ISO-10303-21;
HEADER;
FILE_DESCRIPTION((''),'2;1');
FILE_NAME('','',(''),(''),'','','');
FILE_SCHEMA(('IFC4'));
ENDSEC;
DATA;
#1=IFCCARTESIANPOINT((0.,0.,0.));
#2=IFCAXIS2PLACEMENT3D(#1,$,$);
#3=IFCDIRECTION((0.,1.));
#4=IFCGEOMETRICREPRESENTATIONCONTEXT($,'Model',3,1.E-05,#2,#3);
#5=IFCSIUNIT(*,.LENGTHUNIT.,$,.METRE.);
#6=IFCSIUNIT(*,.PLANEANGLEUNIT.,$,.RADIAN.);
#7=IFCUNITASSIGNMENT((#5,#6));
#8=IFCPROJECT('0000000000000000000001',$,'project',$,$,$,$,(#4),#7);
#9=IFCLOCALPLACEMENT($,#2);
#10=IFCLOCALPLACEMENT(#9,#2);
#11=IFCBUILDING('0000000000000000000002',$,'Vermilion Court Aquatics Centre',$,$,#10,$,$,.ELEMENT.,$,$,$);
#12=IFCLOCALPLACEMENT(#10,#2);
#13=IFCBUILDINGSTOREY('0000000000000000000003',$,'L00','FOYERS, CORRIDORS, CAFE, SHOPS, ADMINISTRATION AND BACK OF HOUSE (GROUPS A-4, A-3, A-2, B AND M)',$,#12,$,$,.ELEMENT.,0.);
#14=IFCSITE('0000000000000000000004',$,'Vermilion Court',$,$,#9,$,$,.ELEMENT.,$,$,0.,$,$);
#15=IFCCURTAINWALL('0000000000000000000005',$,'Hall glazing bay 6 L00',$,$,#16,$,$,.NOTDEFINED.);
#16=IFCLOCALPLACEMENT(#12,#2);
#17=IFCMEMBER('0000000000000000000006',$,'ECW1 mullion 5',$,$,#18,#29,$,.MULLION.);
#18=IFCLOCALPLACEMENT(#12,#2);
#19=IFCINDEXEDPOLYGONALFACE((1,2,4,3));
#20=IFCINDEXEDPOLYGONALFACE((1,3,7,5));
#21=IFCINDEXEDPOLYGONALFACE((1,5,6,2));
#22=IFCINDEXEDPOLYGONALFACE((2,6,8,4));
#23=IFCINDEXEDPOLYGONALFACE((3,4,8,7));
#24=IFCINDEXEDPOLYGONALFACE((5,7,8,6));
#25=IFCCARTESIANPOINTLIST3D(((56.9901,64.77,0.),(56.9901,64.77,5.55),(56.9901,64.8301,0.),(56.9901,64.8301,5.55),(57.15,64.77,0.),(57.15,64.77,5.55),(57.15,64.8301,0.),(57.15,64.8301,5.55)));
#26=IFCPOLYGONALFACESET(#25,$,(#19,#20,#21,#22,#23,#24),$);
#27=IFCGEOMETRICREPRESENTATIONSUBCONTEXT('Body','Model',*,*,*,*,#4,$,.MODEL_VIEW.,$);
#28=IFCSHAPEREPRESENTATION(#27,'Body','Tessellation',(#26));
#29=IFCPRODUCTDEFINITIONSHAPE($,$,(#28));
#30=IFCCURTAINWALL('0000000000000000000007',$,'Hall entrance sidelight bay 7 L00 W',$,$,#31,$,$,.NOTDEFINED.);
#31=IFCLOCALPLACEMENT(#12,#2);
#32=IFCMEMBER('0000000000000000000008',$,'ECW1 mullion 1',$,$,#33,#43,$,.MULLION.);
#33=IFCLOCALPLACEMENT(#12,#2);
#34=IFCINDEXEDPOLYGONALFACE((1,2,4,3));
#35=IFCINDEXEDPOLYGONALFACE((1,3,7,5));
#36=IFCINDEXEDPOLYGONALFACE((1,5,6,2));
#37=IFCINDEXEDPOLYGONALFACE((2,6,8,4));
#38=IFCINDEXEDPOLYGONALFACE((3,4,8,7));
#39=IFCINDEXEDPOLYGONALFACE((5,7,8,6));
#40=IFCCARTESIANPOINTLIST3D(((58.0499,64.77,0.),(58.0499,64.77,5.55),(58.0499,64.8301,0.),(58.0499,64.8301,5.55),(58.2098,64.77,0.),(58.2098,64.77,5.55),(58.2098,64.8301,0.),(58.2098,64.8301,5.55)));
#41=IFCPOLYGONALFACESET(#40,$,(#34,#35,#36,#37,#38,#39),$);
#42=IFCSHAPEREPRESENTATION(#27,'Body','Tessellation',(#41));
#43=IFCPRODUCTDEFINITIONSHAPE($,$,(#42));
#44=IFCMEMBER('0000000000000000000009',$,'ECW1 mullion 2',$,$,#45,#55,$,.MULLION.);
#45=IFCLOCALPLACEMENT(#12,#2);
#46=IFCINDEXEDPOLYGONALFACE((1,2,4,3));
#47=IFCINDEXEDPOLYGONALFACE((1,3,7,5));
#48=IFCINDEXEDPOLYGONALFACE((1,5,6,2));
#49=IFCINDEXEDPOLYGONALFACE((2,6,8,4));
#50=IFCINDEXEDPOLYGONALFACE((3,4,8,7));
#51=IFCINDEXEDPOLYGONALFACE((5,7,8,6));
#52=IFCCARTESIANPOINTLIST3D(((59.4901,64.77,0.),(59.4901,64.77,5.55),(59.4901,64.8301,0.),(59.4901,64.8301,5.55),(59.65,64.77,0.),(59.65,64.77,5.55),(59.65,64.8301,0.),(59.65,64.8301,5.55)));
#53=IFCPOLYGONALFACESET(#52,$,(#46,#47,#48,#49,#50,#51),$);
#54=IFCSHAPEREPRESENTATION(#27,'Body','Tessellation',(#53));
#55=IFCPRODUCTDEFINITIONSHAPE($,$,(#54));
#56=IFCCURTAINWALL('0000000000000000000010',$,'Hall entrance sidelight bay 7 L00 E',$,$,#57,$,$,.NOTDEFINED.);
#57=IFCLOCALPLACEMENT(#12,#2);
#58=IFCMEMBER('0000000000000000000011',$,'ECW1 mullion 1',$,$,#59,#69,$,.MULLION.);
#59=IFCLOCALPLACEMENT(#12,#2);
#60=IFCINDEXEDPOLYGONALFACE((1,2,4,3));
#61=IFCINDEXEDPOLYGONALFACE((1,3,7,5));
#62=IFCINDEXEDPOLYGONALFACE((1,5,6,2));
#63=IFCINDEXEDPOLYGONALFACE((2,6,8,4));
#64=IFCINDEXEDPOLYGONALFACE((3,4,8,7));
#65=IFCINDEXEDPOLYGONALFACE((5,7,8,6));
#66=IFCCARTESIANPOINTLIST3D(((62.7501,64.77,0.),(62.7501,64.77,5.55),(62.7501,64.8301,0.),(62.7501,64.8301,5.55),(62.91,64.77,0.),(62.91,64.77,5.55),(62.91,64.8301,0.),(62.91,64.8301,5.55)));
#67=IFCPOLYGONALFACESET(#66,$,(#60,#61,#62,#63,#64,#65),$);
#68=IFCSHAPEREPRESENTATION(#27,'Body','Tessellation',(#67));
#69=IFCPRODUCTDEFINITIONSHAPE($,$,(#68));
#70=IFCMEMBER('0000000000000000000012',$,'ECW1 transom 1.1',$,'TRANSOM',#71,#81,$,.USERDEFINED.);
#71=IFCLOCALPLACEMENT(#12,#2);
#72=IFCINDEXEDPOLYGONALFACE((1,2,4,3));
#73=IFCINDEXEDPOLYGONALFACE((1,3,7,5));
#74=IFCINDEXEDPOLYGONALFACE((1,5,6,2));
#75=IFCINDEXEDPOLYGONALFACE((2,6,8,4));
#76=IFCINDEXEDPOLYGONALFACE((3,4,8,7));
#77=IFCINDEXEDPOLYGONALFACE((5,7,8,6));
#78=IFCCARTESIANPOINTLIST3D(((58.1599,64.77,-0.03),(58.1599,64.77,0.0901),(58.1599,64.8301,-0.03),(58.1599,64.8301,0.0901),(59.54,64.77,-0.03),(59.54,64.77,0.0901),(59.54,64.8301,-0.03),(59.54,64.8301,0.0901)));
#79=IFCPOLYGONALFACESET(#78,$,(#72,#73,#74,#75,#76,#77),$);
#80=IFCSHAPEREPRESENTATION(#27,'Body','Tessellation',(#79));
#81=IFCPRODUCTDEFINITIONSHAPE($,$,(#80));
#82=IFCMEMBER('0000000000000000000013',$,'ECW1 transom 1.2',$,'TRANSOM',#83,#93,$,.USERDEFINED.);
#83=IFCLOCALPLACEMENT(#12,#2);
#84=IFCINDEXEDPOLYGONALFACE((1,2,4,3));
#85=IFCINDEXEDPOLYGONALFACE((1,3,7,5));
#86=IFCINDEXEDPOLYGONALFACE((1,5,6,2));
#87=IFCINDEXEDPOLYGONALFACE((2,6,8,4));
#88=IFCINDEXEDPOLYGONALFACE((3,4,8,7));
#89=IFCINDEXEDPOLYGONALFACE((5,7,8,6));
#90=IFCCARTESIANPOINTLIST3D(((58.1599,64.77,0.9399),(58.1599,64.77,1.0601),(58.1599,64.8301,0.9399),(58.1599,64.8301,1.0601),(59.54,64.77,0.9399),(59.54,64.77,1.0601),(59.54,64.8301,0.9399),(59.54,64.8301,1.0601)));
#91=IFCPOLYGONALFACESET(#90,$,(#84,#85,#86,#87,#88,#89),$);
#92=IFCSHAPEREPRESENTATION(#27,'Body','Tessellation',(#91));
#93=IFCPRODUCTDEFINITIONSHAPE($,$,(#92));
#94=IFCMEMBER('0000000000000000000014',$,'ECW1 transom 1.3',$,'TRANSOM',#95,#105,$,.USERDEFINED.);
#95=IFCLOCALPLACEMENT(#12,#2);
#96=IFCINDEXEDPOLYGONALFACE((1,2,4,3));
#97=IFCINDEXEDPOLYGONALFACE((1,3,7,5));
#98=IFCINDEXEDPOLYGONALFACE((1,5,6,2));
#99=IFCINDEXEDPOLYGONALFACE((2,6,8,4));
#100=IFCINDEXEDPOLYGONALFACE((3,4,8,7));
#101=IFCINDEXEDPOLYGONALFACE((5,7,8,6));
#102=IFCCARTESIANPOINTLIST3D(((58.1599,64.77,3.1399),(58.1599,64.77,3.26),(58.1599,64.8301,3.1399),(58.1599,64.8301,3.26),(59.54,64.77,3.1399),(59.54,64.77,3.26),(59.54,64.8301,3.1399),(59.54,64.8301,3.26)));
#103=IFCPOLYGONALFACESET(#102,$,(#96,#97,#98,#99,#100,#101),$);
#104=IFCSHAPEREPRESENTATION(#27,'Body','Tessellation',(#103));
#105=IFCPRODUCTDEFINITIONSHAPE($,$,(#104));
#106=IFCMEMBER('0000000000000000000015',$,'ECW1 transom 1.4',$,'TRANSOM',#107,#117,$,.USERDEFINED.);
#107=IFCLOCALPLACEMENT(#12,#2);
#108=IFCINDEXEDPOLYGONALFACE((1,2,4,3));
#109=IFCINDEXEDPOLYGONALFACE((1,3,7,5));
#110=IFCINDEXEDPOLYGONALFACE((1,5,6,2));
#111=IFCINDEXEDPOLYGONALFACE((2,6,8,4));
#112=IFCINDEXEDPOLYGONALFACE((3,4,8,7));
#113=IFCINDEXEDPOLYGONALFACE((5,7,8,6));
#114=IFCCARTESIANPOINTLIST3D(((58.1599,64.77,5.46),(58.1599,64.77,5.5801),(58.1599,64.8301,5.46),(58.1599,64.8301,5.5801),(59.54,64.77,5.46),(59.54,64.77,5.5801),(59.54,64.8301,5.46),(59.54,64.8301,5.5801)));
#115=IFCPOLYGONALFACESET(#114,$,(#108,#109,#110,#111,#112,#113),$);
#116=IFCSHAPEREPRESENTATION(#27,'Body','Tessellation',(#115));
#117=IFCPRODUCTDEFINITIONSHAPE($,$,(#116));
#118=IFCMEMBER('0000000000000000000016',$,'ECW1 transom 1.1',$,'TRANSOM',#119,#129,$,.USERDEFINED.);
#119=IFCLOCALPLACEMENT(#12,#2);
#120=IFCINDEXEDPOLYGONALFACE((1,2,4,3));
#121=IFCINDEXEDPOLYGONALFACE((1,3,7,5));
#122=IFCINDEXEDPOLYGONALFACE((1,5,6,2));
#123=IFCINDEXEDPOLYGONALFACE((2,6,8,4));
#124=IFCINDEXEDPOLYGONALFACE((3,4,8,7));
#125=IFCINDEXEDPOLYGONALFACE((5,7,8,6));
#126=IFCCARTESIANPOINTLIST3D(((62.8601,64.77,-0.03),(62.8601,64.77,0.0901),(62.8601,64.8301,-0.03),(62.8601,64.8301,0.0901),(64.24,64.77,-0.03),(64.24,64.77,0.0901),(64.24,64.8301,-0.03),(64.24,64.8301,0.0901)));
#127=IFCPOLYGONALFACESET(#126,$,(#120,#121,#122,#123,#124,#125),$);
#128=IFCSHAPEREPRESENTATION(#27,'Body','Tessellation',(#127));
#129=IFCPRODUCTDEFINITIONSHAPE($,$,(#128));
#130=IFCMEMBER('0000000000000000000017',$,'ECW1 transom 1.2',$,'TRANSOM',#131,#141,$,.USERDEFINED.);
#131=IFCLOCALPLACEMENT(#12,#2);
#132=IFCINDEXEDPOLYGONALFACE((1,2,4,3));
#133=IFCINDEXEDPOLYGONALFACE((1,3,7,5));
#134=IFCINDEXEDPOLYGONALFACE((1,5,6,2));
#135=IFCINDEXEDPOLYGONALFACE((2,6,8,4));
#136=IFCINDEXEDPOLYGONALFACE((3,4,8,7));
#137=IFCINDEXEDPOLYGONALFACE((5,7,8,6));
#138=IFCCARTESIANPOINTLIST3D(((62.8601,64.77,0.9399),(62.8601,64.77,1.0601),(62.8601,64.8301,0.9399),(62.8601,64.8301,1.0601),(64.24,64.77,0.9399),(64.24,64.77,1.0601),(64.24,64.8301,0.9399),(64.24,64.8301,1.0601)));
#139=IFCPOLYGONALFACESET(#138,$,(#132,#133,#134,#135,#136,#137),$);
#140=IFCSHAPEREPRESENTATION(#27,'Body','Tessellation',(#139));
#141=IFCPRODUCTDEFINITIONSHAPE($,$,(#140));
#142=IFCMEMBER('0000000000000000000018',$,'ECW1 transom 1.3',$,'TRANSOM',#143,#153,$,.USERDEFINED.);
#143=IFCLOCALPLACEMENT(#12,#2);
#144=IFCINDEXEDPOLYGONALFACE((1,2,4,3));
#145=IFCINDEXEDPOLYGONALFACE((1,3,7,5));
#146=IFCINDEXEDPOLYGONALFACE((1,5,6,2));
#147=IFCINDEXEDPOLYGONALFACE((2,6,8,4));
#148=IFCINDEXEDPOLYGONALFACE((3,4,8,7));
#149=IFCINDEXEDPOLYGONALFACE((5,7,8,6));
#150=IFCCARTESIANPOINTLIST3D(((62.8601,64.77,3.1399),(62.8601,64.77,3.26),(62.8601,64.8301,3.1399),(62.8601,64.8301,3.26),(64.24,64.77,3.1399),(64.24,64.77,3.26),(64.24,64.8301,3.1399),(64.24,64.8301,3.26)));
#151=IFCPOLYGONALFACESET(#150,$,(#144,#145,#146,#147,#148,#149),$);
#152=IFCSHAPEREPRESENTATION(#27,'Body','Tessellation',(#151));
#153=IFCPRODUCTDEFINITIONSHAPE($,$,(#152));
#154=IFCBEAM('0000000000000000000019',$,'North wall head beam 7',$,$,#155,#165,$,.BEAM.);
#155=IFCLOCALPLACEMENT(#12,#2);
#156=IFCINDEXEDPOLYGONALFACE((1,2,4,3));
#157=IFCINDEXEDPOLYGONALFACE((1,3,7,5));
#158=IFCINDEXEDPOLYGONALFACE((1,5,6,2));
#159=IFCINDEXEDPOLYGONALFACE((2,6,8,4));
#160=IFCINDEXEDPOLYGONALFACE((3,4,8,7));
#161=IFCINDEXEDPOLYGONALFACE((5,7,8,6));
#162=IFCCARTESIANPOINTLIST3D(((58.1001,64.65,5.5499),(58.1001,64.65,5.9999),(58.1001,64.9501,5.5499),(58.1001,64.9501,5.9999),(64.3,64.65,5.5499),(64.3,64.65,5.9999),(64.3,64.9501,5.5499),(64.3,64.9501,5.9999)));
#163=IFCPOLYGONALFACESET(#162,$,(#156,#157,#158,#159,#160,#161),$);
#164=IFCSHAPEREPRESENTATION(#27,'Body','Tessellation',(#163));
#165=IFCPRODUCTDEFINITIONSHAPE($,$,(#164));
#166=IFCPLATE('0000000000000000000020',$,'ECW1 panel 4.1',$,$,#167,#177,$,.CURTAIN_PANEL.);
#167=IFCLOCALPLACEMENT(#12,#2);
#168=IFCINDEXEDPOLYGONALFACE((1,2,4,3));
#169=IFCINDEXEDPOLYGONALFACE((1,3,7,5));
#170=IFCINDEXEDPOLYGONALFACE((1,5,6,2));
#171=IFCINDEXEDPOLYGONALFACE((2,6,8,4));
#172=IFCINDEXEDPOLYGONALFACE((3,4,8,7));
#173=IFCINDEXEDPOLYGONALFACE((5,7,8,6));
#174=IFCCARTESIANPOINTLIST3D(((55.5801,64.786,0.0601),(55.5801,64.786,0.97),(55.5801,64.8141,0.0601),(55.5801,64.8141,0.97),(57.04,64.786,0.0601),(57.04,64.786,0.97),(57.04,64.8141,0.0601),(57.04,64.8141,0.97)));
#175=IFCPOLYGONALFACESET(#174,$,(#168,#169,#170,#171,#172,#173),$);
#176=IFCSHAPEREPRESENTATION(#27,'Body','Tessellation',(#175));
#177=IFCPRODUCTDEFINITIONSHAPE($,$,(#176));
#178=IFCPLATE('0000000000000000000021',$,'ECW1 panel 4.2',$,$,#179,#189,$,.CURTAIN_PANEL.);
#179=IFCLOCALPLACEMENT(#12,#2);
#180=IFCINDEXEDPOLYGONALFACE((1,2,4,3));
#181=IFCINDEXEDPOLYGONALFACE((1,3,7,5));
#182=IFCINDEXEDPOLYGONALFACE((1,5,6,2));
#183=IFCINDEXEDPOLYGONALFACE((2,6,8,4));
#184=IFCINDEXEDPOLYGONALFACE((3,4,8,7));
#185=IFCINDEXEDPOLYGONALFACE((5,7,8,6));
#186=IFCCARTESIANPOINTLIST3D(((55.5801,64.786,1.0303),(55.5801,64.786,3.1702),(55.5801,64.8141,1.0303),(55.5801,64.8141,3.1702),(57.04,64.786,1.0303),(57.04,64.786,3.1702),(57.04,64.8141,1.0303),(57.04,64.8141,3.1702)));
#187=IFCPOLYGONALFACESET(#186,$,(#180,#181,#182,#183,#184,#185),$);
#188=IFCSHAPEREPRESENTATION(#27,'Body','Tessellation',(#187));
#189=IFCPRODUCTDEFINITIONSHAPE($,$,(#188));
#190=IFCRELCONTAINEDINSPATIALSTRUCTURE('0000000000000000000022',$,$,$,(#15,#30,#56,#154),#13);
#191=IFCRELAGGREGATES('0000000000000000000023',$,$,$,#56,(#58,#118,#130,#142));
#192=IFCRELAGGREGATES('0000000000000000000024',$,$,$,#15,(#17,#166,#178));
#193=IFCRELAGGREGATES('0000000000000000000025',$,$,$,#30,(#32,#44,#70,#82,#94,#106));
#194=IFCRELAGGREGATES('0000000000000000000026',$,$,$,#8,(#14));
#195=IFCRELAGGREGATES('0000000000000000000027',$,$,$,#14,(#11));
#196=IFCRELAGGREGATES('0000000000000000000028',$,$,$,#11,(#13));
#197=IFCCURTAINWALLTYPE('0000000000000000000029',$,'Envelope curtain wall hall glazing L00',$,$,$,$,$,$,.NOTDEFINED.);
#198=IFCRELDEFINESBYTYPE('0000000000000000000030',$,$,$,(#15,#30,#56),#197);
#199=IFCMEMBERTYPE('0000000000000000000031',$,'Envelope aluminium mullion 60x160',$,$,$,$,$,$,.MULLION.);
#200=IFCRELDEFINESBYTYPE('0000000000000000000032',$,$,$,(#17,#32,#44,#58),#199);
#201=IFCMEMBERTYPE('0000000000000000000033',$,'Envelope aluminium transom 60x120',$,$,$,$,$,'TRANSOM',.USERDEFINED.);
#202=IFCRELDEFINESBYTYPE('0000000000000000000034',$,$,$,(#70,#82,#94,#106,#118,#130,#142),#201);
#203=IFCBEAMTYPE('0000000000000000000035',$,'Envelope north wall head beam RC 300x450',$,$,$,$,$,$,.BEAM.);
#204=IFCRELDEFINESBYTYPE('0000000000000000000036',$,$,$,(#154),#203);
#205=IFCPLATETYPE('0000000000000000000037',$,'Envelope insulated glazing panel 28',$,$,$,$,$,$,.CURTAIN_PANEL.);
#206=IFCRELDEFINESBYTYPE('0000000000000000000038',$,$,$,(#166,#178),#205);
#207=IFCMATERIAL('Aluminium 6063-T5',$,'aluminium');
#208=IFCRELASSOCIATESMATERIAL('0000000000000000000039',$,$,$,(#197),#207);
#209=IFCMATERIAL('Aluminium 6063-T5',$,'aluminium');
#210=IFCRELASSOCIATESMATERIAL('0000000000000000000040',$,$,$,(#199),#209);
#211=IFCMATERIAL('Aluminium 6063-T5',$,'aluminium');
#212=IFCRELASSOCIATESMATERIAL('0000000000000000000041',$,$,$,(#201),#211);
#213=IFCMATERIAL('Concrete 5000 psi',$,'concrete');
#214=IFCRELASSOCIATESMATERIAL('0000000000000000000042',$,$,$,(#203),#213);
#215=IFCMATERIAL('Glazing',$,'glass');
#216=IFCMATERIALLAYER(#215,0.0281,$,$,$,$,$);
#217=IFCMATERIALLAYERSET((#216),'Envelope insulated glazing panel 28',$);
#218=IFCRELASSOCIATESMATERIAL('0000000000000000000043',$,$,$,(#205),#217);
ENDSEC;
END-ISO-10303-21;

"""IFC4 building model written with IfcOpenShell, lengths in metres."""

from ifc_helpers import new_model, si_unit, direction, frame, origin, origin_2d, place, context, subcontext, project, spatial, rectangle, extrude, material, layer, layer_set, material_profile, profile_set, type_object, element, aggregate, save


model = new_model("IFC4")

# Units and contexts
model_context = context("Model", 3, precision=1e-05, world=origin(), true_north=direction((0.0, 1.0)))
body_context = subcontext(model_context, "Body", "Model", "MODEL_VIEW")
ifc_project = project(units=[si_unit("LENGTHUNIT", "METRE"), si_unit("PLANEANGLEUNIT", "RADIAN")], contexts=[model_context])

# Site, building, storey
site_placement = place(None, origin())
site = spatial("IfcSite", under=ifc_project, at=site_placement, Name="Vermilion Court", CompositionType="ELEMENT", RefElevation=0.0)
building_placement = place(site_placement, origin())
building = spatial("IfcBuilding", under=site, at=building_placement, Name="Vermilion Court Aquatics Centre", CompositionType="ELEMENT")
storey_placement = place(building_placement, origin())
storey = spatial("IfcBuildingStorey", under=building, at=storey_placement, Name="L00", Description="FOYERS, CORRIDORS, CAFE, SHOPS, ADMINISTRATION AND BACK OF HOUSE (GROUPS A-4, A-3, A-2, B AND M)", CompositionType="ELEMENT", Elevation=0.0)

# Curtain wall, member
ifc_material_1 = material(Name="Aluminium 6063-T5", Category="aluminium")
curtain_wall_type = type_object("IfcCurtainWallType", Name="Envelope curtain wall hall glazing L00", PredefinedType="NOTDEFINED", material=ifc_material_1)
curtain_wall_1_placement = place(storey_placement, origin())
curtain_wall_1 = element("IfcCurtainWall", 1, at=curtain_wall_1_placement, inside=storey, type_object=curtain_wall_type, Name="Hall glazing bay 6 L00", PredefinedType="NOTDEFINED")
ifc_material_2 = material(Name="Aluminium 6063-T5", Category="aluminium")
ifc_material_profile_1 = material_profile(ifc_material_2, rectangle(XDim=0.0601, YDim=0.1599, at=origin_2d()), Name="AL 60x160")
ifc_profile_set_1 = profile_set([ifc_material_profile_1], Name="Aluminium 6063-T5")
member_type_1 = type_object("IfcMemberType", Name="Envelope aluminium mullion 60x160", PredefinedType="MULLION", material=ifc_profile_set_1)
member_1_placement = place(storey_placement, frame((57.0701, 64.8, 0.0), z_axis=(0.0, 0.0, 1.0), x_axis=(0.0, 1.0, 0.0)))
member_1 = element("IfcMember", 2, at=member_1_placement, type_object=member_type_1, Name="ECW1 mullion 5", PredefinedType="MULLION", context=body_context, shape_type="SweptSolid", body=[
    extrude(rectangle(XDim=0.0601, YDim=0.1599, at=origin_2d()), origin(), (0.0, 0.0, 1.0), 5.55),
])

# Curtain wall, members
curtain_wall_2_placement = place(storey_placement, origin())
curtain_wall_2 = element("IfcCurtainWall", 3, at=curtain_wall_2_placement, inside=storey, type_object=curtain_wall_type, Name="Hall entrance sidelight bay 7 L00 W", PredefinedType="NOTDEFINED")
member_2_placement = place(storey_placement, frame((58.1299, 64.8, 0.0), z_axis=(0.0, 0.0, 1.0), x_axis=(0.0, 1.0, 0.0)))
member_2 = element("IfcMember", 4, at=member_2_placement, type_object=member_type_1, Name="ECW1 mullion 1", PredefinedType="MULLION", context=body_context, shape_type="SweptSolid", body=[
    extrude(rectangle(XDim=0.0601, YDim=0.1599, at=origin_2d()), origin(), (0.0, 0.0, 1.0), 5.55),
])
member_3_placement = place(storey_placement, frame((59.5701, 64.8, 0.0), z_axis=(0.0, 0.0, 1.0), x_axis=(0.0, 1.0, 0.0)))
member_3 = element("IfcMember", 5, at=member_3_placement, type_object=member_type_1, Name="ECW1 mullion 2", PredefinedType="MULLION", context=body_context, shape_type="SweptSolid", body=[
    extrude(rectangle(XDim=0.0601, YDim=0.1599, at=origin_2d()), origin(), (0.0, 0.0, 1.0), 5.55),
])

# Curtain wall, member
curtain_wall_3_placement = place(storey_placement, origin())
curtain_wall_3 = element("IfcCurtainWall", 6, at=curtain_wall_3_placement, inside=storey, type_object=curtain_wall_type, Name="Hall entrance sidelight bay 7 L00 E", PredefinedType="NOTDEFINED")
member_4_placement = place(storey_placement, frame((62.8301, 64.8, 0.0), z_axis=(0.0, 0.0, 1.0), x_axis=(0.0, 1.0, 0.0)))
member_4 = element("IfcMember", 7, at=member_4_placement, type_object=member_type_1, Name="ECW1 mullion 1", PredefinedType="MULLION", context=body_context, shape_type="SweptSolid", body=[
    extrude(rectangle(XDim=0.0601, YDim=0.1599, at=origin_2d()), origin(), (0.0, 0.0, 1.0), 5.55),
])

# Members
ifc_material_3 = material(Name="Aluminium 6063-T5", Category="aluminium")
ifc_material_profile_2 = material_profile(ifc_material_3, rectangle(XDim=0.0601, YDim=0.1201, at=origin_2d()), Name="AL 60x120")
ifc_profile_set_2 = profile_set([ifc_material_profile_2], Name="Aluminium 6063-T5")
member_type_2 = type_object("IfcMemberType", Name="Envelope aluminium transom 60x120", ElementType="TRANSOM", PredefinedType="USERDEFINED", material=ifc_profile_set_2)
member_5_placement = place(storey_placement, frame((58.1599, 64.8, 0.03), z_axis=(1.0, 0.0, 0.0), x_axis=(0.0, 1.0, 0.0)))
member_5 = element("IfcMember", 8, at=member_5_placement, type_object=member_type_2, Name="ECW1 transom 1.1", ObjectType="TRANSOM", PredefinedType="USERDEFINED", context=body_context, shape_type="SweptSolid", body=[
    extrude(rectangle(XDim=0.0601, YDim=0.1201, at=origin_2d()), origin(), (0.0, 0.0, 1.0), 1.3801),
])
member_6_placement = place(storey_placement, frame((58.1599, 64.8, 1.0), z_axis=(1.0, 0.0, 0.0), x_axis=(0.0, 1.0, 0.0)))
member_6 = element("IfcMember", 9, at=member_6_placement, type_object=member_type_2, Name="ECW1 transom 1.2", ObjectType="TRANSOM", PredefinedType="USERDEFINED", context=body_context, shape_type="SweptSolid", body=[
    extrude(rectangle(XDim=0.0601, YDim=0.1201, at=origin_2d()), origin(), (0.0, 0.0, 1.0), 1.3801),
])
member_7_placement = place(storey_placement, frame((58.1599, 64.8, 3.2), z_axis=(1.0, 0.0, 0.0), x_axis=(0.0, 1.0, 0.0)))
member_7 = element("IfcMember", 10, at=member_7_placement, type_object=member_type_2, Name="ECW1 transom 1.3", ObjectType="TRANSOM", PredefinedType="USERDEFINED", context=body_context, shape_type="SweptSolid", body=[
    extrude(rectangle(XDim=0.0601, YDim=0.1201, at=origin_2d()), origin(), (0.0, 0.0, 1.0), 1.3801),
])
member_8_placement = place(storey_placement, frame((58.1599, 64.8, 5.52), z_axis=(1.0, 0.0, 0.0), x_axis=(0.0, 1.0, 0.0)))
member_8 = element("IfcMember", 11, at=member_8_placement, type_object=member_type_2, Name="ECW1 transom 1.4", ObjectType="TRANSOM", PredefinedType="USERDEFINED", context=body_context, shape_type="SweptSolid", body=[
    extrude(rectangle(XDim=0.0601, YDim=0.1201, at=origin_2d()), origin(), (0.0, 0.0, 1.0), 1.3801),
])
member_9_placement = place(storey_placement, frame((62.8601, 64.8, 0.03), z_axis=(1.0, 0.0, 0.0), x_axis=(0.0, 1.0, 0.0)))
member_9 = element("IfcMember", 12, at=member_9_placement, type_object=member_type_2, Name="ECW1 transom 1.1", ObjectType="TRANSOM", PredefinedType="USERDEFINED", context=body_context, shape_type="SweptSolid", body=[
    extrude(rectangle(XDim=0.0601, YDim=0.1201, at=origin_2d()), origin(), (0.0, 0.0, 1.0), 1.3799),
])
member_10_placement = place(storey_placement, frame((62.8601, 64.8, 1.0), z_axis=(1.0, 0.0, 0.0), x_axis=(0.0, 1.0, 0.0)))
member_10 = element("IfcMember", 13, at=member_10_placement, type_object=member_type_2, Name="ECW1 transom 1.2", ObjectType="TRANSOM", PredefinedType="USERDEFINED", context=body_context, shape_type="SweptSolid", body=[
    extrude(rectangle(XDim=0.0601, YDim=0.1201, at=origin_2d()), origin(), (0.0, 0.0, 1.0), 1.3799),
])
member_11_placement = place(storey_placement, frame((62.8601, 64.8, 3.2), z_axis=(1.0, 0.0, 0.0), x_axis=(0.0, 1.0, 0.0)))
member_11 = element("IfcMember", 14, at=member_11_placement, type_object=member_type_2, Name="ECW1 transom 1.3", ObjectType="TRANSOM", PredefinedType="USERDEFINED", context=body_context, shape_type="SweptSolid", body=[
    extrude(rectangle(XDim=0.0601, YDim=0.1201, at=origin_2d()), origin(), (0.0, 0.0, 1.0), 1.3799),
])
aggregate(curtain_wall_3, [member_4, member_9, member_10, member_11])

# Beam
ifc_material_4 = material(Name="Concrete 5000 psi", Category="concrete")
ifc_material_profile_3 = material_profile(ifc_material_4, rectangle(XDim=0.3, YDim=0.45, at=origin_2d()), Name="RC 300x450")
ifc_profile_set_3 = profile_set([ifc_material_profile_3], Name="Concrete 5000 psi")
beam_type = type_object("IfcBeamType", Name="Envelope north wall head beam RC 300x450", PredefinedType="BEAM", material=ifc_profile_set_3)
beam_placement = place(storey_placement, frame((58.1001, 64.8, 5.7749), z_axis=(1.0, 0.0, 0.0), x_axis=(0.0, 1.0, 0.0)))
element("IfcBeam", 15, at=beam_placement, inside=storey, type_object=beam_type, Name="North wall head beam 7", PredefinedType="BEAM", context=body_context, shape_type="SweptSolid", body=[
    extrude(rectangle(XDim=0.3, YDim=0.45, at=origin_2d()), origin(), (0.0, 0.0, 1.0), 6.2),
])

# Plates
ifc_material_5 = material(Name="Glazing", Category="glass")
ifc_layer_1 = layer(ifc_material_5, 0.0281)
ifc_layer_set_1 = layer_set([ifc_layer_1], Name="Envelope insulated glazing panel 28")
plate_type = type_object("IfcPlateType", Name="Envelope insulated glazing panel 28", PredefinedType="CURTAIN_PANEL", material=ifc_layer_set_1)
plate_1_placement = place(storey_placement, frame((56.3101, 64.8, 0.0601), z_axis=(0.0, 0.0, 1.0), x_axis=(1.0, 0.0, 0.0)))
plate_1 = element("IfcPlate", 16, at=plate_1_placement, type_object=plate_type, Name="ECW1 panel 4.1", PredefinedType="CURTAIN_PANEL", context=body_context, shape_type="SweptSolid", body=[
    extrude(rectangle(XDim=1.46, YDim=0.0281, at=origin_2d()), origin(), (0.0, 0.0, 1.0), 0.9099),
])
plate_2_placement = place(storey_placement, frame((56.3101, 64.8, 1.0303), z_axis=(0.0, 0.0, 1.0), x_axis=(1.0, 0.0, 0.0)))
plate_2 = element("IfcPlate", 17, at=plate_2_placement, type_object=plate_type, Name="ECW1 panel 4.2", PredefinedType="CURTAIN_PANEL", context=body_context, shape_type="SweptSolid", body=[
    extrude(rectangle(XDim=1.46, YDim=0.0281, at=origin_2d()), origin(), (0.0, 0.0, 1.0), 2.1399),
])
aggregate(curtain_wall_1, [member_1, plate_1, plate_2])
aggregate(curtain_wall_2, [member_2, member_3, member_5, member_6, member_7, member_8])

save(model, "model.ifc")
